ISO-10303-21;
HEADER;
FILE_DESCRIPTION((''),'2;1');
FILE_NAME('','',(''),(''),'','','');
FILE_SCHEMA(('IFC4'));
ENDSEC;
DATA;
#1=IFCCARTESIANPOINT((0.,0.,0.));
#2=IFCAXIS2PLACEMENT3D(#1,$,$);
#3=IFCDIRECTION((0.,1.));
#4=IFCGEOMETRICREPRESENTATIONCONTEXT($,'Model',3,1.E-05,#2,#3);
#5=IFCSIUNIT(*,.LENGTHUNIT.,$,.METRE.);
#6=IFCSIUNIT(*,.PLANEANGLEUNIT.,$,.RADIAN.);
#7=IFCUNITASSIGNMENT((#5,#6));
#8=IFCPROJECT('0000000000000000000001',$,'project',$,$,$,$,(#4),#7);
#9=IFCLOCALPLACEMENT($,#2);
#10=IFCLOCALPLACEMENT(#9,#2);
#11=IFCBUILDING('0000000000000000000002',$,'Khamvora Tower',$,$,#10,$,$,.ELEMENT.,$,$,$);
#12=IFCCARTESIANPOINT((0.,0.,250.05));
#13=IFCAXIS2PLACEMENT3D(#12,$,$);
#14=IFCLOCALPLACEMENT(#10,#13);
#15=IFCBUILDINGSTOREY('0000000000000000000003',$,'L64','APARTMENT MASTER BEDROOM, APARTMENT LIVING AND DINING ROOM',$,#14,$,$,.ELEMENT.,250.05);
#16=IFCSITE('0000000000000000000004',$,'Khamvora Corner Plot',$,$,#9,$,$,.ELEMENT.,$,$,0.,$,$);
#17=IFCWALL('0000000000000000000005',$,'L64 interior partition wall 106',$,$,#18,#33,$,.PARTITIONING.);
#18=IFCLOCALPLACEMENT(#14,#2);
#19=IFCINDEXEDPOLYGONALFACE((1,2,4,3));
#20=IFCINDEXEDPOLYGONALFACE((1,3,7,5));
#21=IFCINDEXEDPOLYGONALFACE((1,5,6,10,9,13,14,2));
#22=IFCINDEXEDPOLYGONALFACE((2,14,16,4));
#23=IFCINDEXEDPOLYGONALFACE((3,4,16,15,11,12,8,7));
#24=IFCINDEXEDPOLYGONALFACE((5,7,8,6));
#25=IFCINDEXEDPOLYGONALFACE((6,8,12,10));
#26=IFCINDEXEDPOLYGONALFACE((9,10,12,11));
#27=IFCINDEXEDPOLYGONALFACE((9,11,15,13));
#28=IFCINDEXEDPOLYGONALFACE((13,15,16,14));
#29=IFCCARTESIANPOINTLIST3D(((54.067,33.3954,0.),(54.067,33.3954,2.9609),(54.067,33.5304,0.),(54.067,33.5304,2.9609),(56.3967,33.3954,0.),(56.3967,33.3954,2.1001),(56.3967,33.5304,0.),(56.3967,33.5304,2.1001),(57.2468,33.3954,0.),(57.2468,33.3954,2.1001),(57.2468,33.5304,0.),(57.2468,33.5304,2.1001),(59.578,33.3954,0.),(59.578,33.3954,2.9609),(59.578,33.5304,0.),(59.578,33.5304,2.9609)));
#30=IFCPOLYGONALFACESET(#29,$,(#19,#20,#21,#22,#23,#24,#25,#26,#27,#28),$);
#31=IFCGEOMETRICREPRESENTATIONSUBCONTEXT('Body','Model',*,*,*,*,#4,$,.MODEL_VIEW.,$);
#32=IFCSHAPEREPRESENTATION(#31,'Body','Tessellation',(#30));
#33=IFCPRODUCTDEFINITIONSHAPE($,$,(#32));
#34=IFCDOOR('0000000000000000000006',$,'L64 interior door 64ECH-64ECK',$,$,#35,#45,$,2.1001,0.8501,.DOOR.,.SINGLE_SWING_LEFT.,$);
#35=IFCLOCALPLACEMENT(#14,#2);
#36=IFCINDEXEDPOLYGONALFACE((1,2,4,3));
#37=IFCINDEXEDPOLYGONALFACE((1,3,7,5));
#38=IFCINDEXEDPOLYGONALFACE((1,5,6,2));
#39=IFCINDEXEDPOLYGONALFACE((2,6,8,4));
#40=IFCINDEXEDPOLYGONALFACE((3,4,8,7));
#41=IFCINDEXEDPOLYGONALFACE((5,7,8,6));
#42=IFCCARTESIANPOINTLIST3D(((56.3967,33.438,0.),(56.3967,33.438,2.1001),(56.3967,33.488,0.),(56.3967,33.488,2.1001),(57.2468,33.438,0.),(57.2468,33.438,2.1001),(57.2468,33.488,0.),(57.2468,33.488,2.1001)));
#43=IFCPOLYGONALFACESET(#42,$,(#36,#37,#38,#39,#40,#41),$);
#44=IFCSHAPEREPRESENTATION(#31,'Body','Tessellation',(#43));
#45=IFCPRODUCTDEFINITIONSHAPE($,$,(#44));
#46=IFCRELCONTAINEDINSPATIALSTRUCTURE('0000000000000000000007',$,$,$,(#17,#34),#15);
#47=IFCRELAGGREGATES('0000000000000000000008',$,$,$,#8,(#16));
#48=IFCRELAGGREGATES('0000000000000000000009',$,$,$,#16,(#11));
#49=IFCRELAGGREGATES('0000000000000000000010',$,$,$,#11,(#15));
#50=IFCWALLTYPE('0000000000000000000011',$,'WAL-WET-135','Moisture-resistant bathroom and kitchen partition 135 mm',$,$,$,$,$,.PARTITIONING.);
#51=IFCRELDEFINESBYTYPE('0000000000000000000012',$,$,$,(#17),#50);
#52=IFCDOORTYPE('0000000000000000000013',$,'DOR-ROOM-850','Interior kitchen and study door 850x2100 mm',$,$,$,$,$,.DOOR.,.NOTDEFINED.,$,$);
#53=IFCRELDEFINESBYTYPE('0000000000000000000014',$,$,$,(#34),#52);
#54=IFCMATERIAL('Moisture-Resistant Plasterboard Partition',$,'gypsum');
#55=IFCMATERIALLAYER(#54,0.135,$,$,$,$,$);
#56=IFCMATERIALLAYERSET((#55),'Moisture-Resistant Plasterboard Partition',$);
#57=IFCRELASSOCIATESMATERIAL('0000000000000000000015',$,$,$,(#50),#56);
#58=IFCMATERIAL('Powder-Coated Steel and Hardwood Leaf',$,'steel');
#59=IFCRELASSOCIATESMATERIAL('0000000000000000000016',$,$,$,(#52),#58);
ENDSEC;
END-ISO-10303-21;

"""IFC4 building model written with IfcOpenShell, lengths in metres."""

from ifc_helpers import new_model, si_unit, direction, frame, frame_2d, origin, place, context, subcontext, project, spatial, rectangle, extrude, material, layer, layer_set, type_object, element, fill, save


model = new_model("IFC4")

# Units and contexts
model_context = context("Model", 3, precision=1e-05, world=origin(), true_north=direction((0.0, 1.0)))
body_context = subcontext(model_context, "Body", "Model", "MODEL_VIEW")
ifc_project = project(units=[si_unit("LENGTHUNIT", "METRE"), si_unit("PLANEANGLEUNIT", "RADIAN")], contexts=[model_context])

# Site, building, storey
site_placement = place(None, origin())
site = spatial("IfcSite", under=ifc_project, at=site_placement, Name="Khamvora Corner Plot", CompositionType="ELEMENT", RefElevation=0.0)
building_placement = place(site_placement, origin())
building = spatial("IfcBuilding", under=site, at=building_placement, Name="Khamvora Tower", CompositionType="ELEMENT")
storey_placement = place(building_placement, frame((0.0, 0.0, 250.05)))
storey = spatial("IfcBuildingStorey", under=building, at=storey_placement, Name="L64", Description="APARTMENT MASTER BEDROOM, APARTMENT LIVING AND DINING ROOM", CompositionType="ELEMENT", Elevation=250.05)

# Shared definitions
ifc_material_1 = material(Name="Powder-Coated Steel and Hardwood Leaf", Category="steel")

# Shared definitions
ifc_material_2 = material(Name="Moisture-Resistant Plasterboard Partition", Category="gypsum")
ifc_layer_1 = layer(ifc_material_2, 0.135)
ifc_layer_set_1 = layer_set([ifc_layer_1], Name="Moisture-Resistant Plasterboard Partition")
wall_type_1 = type_object("IfcWallType", Name="WAL-WET-135", Description="Moisture-resistant bathroom and kitchen partition 135 mm", PredefinedType="PARTITIONING", material=ifc_layer_set_1)
door_type_1 = type_object("IfcDoorType", Name="DOR-ROOM-850", Description="Interior kitchen and study door 850x2100 mm", OperationType="NOTDEFINED", PredefinedType="DOOR", material=ifc_material_1)

# Wall, opening, door
wall_1_placement = place(storey_placement, frame((59.5779, 33.4629, 0.0), z_axis=(0.0, 0.0, 1.0), x_axis=(-1.0, 0.0, 0.0)))
wall_1 = element("IfcWall", 1, at=wall_1_placement, inside=storey, type_object=wall_type_1, Name="L64 interior partition wall 106", PredefinedType="PARTITIONING", context=body_context, shape_type="SweptSolid", body=[
    extrude(rectangle(XDim=5.511, YDim=0.135, at=frame_2d((2.7554, 0.0))), origin(), (0.0, 0.0, 1.0), 2.9609),
])
opening_1_placement = place(wall_1_placement, frame((2.3311, 0.0, 0.0)))
opening_1 = element("IfcOpeningElement", 2, at=opening_1_placement, cuts=wall_1, PredefinedType="OPENING", context=body_context, shape_type="SweptSolid", body=[
    extrude(rectangle(XDim=0.8501, YDim=2.1001, at=frame_2d((0.425, 1.05))), frame((0.0, 0.0774, 0.0), z_axis=(0.0, -1.0, 0.0), x_axis=(1.0, 0.0, 0.0)), (0.0, 0.0, 1.0), 0.155),
])
door_1_placement = place(opening_1_placement, origin())
door_1 = element("IfcDoor", 3, at=door_1_placement, inside=storey, type_object=door_type_1, Name="L64 interior door 64ECH-64ECK", OperationType="SINGLE_SWING_LEFT", OverallHeight=2.1001, OverallWidth=0.8501, PredefinedType="DOOR", context=body_context, shape_type="SweptSolid", body=[
    extrude(rectangle(XDim=0.8501, YDim=2.1001, at=frame_2d((0.425, 1.05))), frame((0.0, 0.0249, 0.0), z_axis=(0.0, -1.0, 0.0), x_axis=(1.0, 0.0, 0.0)), (0.0, 0.0, 1.0), 0.05),
])
fill(opening_1, door_1)

save(model, "model.ifc")
